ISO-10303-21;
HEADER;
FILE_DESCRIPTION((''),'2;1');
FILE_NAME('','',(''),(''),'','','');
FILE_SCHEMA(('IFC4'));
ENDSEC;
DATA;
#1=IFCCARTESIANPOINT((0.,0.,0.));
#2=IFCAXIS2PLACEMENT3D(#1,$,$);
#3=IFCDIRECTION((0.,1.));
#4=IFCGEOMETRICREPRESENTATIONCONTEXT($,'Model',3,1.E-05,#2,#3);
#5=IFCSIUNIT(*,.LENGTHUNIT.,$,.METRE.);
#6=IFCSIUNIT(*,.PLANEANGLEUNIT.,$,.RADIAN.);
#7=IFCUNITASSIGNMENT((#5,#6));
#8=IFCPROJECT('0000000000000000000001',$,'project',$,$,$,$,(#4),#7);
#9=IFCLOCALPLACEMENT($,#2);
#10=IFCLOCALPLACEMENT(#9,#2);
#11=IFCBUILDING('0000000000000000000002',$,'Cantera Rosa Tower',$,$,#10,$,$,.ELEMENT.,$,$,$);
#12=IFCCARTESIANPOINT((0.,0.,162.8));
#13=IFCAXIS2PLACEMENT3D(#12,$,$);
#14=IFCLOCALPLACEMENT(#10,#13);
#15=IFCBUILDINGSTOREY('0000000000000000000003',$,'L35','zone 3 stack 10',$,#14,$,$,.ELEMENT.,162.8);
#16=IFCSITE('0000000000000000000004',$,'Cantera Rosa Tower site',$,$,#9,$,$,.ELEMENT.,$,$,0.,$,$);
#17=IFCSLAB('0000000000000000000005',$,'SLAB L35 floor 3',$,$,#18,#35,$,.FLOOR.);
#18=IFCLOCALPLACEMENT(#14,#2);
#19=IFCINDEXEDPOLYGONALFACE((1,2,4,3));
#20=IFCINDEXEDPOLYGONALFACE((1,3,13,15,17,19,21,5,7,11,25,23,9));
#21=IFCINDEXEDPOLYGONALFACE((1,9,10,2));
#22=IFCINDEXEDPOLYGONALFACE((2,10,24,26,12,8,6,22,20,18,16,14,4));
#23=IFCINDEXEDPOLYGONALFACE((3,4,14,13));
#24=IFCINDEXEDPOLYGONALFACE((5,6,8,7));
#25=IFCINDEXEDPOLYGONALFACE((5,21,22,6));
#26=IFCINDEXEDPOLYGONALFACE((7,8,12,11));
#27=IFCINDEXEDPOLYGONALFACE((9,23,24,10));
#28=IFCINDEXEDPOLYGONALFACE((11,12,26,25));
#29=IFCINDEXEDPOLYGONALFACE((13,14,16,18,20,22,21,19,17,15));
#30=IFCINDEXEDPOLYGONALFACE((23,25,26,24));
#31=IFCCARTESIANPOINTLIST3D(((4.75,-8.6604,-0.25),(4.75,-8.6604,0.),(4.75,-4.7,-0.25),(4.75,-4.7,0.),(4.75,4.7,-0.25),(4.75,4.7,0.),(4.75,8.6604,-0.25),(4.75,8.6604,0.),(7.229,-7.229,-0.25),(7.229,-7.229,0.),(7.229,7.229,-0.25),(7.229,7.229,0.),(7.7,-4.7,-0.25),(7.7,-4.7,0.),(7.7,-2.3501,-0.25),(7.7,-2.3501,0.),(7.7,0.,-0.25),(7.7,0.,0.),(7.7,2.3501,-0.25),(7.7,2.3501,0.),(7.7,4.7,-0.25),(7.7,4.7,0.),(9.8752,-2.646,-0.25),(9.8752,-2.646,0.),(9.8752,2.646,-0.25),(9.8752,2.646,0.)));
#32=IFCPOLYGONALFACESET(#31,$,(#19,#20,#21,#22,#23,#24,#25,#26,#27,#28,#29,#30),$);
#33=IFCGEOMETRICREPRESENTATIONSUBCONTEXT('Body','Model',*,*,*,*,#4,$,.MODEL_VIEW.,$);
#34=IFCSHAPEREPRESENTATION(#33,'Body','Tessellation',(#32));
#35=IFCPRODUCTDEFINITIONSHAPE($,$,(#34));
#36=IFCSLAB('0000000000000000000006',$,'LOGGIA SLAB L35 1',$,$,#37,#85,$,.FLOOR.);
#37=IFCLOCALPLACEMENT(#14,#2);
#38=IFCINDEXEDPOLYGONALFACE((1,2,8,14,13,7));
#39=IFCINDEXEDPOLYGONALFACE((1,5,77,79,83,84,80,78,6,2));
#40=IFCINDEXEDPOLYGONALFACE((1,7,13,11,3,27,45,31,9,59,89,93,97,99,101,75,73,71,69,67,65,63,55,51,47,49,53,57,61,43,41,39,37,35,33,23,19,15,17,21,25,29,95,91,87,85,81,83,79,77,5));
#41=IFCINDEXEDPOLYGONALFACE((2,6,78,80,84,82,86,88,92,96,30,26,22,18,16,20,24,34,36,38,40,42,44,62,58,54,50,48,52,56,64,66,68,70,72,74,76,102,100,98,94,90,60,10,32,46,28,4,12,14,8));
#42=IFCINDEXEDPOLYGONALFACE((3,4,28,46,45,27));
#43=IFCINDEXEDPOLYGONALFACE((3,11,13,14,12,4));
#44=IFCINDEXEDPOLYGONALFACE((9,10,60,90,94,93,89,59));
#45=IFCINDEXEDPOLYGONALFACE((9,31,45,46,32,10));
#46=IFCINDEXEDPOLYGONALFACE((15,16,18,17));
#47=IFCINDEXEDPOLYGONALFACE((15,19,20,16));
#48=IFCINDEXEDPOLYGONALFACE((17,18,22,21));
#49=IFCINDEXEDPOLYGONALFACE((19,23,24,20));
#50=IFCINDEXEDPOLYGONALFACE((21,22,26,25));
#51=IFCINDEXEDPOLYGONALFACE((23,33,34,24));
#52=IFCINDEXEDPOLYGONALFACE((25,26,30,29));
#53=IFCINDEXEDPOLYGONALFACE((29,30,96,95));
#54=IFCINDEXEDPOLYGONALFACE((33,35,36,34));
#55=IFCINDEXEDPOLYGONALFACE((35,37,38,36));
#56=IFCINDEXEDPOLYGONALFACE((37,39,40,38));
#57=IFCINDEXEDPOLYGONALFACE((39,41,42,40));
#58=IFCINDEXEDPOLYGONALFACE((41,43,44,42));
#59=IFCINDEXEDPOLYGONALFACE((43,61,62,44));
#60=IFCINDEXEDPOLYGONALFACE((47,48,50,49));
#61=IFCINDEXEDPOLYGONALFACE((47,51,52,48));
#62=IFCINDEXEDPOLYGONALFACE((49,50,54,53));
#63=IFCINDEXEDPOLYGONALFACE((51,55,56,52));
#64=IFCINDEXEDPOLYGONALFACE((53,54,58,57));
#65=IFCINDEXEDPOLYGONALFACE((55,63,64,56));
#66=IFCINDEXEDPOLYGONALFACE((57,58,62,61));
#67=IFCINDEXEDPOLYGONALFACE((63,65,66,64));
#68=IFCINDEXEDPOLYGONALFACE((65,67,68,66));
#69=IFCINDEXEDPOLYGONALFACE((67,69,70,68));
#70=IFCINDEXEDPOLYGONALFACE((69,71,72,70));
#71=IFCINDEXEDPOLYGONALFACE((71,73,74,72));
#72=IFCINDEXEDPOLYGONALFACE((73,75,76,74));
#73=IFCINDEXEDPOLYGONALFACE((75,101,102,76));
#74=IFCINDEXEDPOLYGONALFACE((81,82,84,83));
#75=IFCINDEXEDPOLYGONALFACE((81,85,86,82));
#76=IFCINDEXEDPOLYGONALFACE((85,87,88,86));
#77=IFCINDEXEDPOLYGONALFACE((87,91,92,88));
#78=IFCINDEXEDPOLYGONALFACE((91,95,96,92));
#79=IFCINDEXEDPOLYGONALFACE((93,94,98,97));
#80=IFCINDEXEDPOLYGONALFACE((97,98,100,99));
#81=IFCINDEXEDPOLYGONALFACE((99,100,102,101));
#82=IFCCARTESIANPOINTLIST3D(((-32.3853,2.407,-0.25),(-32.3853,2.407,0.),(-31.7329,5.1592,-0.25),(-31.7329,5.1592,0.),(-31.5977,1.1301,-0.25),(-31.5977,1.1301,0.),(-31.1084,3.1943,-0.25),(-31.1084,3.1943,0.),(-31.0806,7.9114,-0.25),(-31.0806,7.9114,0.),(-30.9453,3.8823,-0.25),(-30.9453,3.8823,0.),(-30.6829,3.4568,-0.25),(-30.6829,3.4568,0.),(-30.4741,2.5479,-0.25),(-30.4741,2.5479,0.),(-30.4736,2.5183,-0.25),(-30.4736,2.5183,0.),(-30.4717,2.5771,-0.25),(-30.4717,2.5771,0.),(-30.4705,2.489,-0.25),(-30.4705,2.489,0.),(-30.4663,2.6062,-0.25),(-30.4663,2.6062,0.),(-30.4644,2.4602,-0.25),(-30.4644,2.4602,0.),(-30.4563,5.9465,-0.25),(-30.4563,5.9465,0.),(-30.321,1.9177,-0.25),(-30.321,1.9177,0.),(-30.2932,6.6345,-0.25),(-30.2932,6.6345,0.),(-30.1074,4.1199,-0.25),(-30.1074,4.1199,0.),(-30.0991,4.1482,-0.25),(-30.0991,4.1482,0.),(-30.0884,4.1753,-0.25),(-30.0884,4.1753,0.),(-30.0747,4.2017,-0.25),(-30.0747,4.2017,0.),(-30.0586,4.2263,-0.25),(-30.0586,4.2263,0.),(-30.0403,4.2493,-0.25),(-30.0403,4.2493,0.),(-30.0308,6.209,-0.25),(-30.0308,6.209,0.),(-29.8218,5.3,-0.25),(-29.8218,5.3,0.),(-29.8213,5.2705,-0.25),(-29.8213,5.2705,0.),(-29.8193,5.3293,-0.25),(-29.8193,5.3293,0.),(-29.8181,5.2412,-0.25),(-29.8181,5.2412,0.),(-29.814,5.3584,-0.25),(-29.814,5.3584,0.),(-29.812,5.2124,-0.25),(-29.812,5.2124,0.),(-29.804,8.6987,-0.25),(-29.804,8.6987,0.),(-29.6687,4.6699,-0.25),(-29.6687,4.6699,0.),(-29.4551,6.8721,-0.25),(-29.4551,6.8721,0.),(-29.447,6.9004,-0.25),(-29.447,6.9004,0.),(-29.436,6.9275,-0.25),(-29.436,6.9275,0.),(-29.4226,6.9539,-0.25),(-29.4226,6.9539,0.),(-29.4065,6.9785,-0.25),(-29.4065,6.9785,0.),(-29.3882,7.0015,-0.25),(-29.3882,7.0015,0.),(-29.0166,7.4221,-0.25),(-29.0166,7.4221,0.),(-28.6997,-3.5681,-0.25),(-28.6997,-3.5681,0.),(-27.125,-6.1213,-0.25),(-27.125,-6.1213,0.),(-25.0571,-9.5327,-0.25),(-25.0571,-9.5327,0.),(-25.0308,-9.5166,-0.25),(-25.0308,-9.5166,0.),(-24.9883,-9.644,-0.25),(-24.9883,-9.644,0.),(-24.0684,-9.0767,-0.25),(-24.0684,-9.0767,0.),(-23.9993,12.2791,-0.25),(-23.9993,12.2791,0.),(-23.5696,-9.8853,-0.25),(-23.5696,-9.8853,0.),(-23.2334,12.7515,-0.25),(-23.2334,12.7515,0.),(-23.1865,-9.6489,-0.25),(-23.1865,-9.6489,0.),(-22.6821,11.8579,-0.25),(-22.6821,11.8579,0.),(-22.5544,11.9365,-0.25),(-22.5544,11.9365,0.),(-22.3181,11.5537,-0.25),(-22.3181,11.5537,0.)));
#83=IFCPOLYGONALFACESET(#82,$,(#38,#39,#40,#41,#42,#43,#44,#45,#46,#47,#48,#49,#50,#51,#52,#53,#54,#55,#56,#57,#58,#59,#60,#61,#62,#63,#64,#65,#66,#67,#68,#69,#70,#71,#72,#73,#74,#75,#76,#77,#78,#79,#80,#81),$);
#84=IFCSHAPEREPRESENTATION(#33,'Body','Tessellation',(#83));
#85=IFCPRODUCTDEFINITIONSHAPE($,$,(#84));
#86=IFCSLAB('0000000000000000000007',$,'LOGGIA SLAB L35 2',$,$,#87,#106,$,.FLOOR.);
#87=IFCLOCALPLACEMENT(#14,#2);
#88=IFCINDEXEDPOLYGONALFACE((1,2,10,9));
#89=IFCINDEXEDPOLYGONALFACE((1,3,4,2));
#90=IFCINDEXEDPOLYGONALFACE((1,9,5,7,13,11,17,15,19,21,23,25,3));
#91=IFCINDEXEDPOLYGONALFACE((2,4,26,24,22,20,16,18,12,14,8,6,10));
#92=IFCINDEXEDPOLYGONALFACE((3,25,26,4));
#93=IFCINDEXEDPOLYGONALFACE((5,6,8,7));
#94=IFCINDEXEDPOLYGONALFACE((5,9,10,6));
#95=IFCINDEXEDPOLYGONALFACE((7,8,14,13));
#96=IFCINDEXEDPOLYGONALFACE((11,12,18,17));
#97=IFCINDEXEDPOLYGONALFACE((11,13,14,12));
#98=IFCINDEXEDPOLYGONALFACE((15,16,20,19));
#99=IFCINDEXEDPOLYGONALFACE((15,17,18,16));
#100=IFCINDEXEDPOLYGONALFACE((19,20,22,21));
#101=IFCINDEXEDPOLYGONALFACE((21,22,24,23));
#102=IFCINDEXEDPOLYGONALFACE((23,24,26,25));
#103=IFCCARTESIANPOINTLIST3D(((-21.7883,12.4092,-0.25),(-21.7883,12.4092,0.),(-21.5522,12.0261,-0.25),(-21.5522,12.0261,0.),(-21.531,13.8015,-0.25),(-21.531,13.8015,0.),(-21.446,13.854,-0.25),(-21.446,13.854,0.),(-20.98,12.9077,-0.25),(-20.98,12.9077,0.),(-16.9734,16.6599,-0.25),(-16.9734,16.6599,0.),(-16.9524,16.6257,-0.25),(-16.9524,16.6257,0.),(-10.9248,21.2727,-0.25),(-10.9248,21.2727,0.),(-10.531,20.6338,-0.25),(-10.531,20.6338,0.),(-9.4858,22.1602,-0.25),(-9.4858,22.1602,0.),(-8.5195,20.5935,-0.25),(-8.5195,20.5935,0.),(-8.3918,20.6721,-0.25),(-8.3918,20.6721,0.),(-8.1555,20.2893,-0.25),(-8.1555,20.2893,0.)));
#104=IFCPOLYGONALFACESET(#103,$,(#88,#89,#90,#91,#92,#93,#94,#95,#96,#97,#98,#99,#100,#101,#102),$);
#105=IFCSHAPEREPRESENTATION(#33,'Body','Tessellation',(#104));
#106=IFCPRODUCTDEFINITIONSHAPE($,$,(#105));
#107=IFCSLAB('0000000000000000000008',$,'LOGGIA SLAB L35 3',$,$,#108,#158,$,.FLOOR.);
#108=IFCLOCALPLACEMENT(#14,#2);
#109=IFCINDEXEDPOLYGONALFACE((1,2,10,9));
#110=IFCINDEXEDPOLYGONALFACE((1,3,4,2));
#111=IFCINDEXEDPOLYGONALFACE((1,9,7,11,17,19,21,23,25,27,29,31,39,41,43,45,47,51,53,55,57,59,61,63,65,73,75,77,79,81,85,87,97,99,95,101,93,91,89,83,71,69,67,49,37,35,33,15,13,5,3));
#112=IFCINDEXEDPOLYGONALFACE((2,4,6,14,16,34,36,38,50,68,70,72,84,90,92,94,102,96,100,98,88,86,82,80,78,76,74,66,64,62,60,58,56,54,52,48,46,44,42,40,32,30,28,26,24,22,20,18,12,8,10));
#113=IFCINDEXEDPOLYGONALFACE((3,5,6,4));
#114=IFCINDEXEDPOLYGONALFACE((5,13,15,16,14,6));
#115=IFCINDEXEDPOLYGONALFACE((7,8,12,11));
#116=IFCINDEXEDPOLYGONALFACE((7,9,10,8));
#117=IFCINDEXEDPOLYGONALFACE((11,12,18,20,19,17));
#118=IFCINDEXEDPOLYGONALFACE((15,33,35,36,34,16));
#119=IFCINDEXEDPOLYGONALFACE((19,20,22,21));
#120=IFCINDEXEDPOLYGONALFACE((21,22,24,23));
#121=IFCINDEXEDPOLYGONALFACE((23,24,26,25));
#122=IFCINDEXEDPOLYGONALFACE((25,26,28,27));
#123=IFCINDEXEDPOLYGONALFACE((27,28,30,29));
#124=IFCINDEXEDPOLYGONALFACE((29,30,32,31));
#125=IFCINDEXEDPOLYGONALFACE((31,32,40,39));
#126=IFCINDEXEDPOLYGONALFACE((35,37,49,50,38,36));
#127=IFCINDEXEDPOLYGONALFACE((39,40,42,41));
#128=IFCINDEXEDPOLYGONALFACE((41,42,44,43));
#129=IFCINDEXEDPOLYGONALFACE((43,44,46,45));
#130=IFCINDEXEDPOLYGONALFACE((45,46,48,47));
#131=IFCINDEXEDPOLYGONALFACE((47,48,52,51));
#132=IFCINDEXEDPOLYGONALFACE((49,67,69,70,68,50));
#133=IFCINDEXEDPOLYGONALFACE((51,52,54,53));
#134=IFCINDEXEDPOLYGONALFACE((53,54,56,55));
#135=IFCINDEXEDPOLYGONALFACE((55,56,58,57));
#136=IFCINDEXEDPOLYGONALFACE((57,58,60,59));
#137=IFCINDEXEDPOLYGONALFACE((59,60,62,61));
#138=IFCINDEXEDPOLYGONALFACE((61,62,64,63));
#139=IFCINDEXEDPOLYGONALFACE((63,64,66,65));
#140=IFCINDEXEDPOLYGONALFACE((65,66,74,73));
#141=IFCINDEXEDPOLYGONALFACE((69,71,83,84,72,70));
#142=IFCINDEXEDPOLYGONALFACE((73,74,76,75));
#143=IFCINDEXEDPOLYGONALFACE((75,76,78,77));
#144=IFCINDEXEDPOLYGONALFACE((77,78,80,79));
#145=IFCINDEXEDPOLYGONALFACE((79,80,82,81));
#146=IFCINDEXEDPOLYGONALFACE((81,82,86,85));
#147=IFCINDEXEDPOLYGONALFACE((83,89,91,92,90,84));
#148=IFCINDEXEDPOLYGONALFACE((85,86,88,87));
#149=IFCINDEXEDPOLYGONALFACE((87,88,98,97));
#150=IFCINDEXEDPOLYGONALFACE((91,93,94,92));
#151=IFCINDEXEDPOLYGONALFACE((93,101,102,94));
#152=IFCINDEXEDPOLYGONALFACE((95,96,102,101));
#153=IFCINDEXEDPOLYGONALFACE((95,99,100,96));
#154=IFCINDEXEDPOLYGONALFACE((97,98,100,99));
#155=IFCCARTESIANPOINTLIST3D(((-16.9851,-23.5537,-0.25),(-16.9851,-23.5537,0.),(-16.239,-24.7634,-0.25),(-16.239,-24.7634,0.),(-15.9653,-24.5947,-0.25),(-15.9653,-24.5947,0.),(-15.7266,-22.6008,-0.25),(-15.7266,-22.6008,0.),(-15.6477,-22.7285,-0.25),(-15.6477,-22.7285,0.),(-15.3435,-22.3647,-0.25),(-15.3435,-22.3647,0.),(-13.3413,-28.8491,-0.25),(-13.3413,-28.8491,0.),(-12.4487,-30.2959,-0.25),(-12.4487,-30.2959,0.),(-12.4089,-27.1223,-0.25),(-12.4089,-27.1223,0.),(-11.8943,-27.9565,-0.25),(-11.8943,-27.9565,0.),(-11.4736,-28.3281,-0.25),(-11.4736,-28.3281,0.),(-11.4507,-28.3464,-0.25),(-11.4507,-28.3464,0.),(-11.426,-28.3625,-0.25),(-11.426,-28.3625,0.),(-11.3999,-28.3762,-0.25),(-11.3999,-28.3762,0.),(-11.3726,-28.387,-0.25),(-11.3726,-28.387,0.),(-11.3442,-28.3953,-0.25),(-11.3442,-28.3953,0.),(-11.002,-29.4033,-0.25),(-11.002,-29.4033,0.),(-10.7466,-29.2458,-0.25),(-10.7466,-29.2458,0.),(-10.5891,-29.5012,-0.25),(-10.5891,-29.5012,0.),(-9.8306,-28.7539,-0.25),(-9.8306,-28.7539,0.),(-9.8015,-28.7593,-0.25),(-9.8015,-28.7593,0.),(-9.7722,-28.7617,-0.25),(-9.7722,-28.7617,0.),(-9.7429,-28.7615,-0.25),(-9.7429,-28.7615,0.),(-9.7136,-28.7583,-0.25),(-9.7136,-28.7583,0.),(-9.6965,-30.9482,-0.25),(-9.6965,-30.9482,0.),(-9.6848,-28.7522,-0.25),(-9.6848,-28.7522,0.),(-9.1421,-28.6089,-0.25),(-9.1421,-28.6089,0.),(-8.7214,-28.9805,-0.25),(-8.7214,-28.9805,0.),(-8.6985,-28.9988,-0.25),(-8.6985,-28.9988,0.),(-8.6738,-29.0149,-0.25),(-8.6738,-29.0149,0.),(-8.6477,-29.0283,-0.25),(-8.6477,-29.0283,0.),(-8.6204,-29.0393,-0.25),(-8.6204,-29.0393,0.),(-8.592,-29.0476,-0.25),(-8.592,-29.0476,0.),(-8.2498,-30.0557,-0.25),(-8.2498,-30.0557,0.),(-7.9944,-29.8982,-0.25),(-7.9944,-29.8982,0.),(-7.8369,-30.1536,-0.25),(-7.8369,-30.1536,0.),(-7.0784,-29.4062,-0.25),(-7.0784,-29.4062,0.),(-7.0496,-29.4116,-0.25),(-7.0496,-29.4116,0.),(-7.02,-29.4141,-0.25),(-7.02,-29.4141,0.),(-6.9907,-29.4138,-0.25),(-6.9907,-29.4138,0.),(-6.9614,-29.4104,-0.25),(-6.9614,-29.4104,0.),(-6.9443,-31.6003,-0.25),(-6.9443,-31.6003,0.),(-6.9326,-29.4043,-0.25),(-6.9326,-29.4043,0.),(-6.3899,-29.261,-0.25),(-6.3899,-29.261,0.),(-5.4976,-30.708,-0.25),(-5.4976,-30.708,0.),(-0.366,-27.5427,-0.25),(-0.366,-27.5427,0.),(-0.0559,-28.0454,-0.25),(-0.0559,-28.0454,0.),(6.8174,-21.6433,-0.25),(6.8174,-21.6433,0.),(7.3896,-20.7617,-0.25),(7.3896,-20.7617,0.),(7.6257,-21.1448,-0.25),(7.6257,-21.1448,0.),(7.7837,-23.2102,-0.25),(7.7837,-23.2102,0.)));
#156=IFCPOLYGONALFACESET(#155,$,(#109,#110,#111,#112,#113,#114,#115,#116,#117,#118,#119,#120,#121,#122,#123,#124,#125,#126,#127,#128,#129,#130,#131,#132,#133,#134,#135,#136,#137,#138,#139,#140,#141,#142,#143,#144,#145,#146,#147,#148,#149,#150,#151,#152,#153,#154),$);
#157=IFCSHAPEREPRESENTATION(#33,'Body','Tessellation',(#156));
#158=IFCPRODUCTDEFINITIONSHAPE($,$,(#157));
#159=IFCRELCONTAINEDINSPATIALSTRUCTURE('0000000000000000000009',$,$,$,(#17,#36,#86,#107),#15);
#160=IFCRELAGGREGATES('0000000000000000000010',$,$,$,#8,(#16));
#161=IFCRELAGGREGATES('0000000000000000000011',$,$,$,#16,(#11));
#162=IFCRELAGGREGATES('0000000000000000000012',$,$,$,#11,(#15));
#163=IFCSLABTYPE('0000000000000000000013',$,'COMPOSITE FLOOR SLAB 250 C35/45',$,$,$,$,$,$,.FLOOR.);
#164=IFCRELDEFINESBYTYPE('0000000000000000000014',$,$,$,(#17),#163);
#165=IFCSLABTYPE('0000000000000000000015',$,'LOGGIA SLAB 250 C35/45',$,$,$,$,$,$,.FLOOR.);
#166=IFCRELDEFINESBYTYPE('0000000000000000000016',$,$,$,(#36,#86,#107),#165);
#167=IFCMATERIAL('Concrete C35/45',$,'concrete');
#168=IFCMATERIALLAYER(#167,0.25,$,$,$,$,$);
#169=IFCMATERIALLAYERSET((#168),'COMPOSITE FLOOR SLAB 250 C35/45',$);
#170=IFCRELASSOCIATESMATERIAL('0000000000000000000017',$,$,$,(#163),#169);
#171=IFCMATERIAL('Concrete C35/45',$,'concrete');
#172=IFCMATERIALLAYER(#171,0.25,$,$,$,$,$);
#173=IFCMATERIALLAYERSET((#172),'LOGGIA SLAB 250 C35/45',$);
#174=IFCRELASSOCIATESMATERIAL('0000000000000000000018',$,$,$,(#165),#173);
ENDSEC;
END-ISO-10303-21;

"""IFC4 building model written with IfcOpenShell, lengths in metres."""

from ifc_helpers import new_model, si_unit, direction, frame, origin, place, context, subcontext, project, spatial, polyline, outline, extrude, material, layer, layer_set, type_object, element, save


model = new_model("IFC4")

# Units and contexts
model_context = context("Model", 3, precision=1e-05, world=origin(), true_north=direction((0.0, 1.0)))
body_context = subcontext(model_context, "Body", "Model", "MODEL_VIEW")
ifc_project = project(units=[si_unit("LENGTHUNIT", "METRE"), si_unit("PLANEANGLEUNIT", "RADIAN")], contexts=[model_context])

# Site, building, storey
site_placement = place(None, origin())
site = spatial("IfcSite", under=ifc_project, at=site_placement, Name="Cantera Rosa Tower site", CompositionType="ELEMENT", RefElevation=0.0)
building_placement = place(site_placement, origin())
building = spatial("IfcBuilding", under=site, at=building_placement, Name="Cantera Rosa Tower", CompositionType="ELEMENT")
storey_placement = place(building_placement, frame((0.0, 0.0, 162.8)))
storey = spatial("IfcBuildingStorey", under=building, at=storey_placement, Name="L35", Description="zone 3 stack 10", CompositionType="ELEMENT", Elevation=162.8)

# Slabs
ifc_material_1 = material(Name="Concrete C35/45", Category="concrete")
ifc_layer_1 = layer(ifc_material_1, 0.25)
ifc_layer_set_1 = layer_set([ifc_layer_1], Name="COMPOSITE FLOOR SLAB 250 C35/45")
slab_type_1 = type_object("IfcSlabType", Name="COMPOSITE FLOOR SLAB 250 C35/45", PredefinedType="FLOOR", material=ifc_layer_set_1)
slab_1_placement = place(storey_placement, frame((0.0, 0.0, -0.25)))
element("IfcSlab", 1, at=slab_1_placement, inside=storey, type_object=slab_type_1, Name="SLAB L35 floor 3", PredefinedType="FLOOR", context=body_context, shape_type="SweptSolid", body=[
    extrude(outline(polyline([(7.7, 0.0), (7.7, 2.3501), (7.7, 4.7), (4.75, 4.7), (4.75, 8.6604), (7.229, 7.229), (9.8752, 2.646), (9.8752, -2.646), (7.229, -7.229), (4.75, -8.6604), (4.75, -4.7), (7.7, -4.7), (7.7, -2.3501), (7.7, 0.0)])), origin(), (0.0, 0.0, 1.0), 0.25),
])
ifc_material_2 = material(Name="Concrete C35/45", Category="concrete")
ifc_layer_2 = layer(ifc_material_2, 0.25)
ifc_layer_set_2 = layer_set([ifc_layer_2], Name="LOGGIA SLAB 250 C35/45")
slab_type_2 = type_object("IfcSlabType", Name="LOGGIA SLAB 250 C35/45", PredefinedType="FLOOR", material=ifc_layer_set_2)
slab_2_placement = place(storey_placement, frame((0.0, 0.0, -0.25)))
element("IfcSlab", 2, at=slab_2_placement, inside=storey, type_object=slab_type_2, Name="LOGGIA SLAB L35 1", PredefinedType="FLOOR", context=body_context, shape_type="SweptSolid", body=[
    extrude(outline(polyline([(-27.125, -6.1213), (-28.6997, -3.5681), (-31.5977, 1.1301), (-32.3853, 2.407), (-31.1084, 3.1943), (-30.6829, 3.4568), (-30.9453, 3.8823), (-31.7329, 5.1592), (-30.4563, 5.9465), (-30.0308, 6.209), (-30.2932, 6.6345), (-31.0806, 7.9114), (-29.804, 8.6987), (-23.9993, 12.2791), (-23.2334, 12.7515), (-22.6821, 11.8579), (-22.5544, 11.9365), (-22.3181, 11.5537), (-29.0166, 7.4221), (-29.3882, 7.0015), (-29.4065, 6.9785), (-29.4226, 6.9539), (-29.436, 6.9275), (-29.447, 6.9004), (-29.4551, 6.8721), (-29.814, 5.3584), (-29.8193, 5.3293), (-29.8218, 5.3), (-29.8213, 5.2705), (-29.8181, 5.2412), (-29.812, 5.2124), (-29.6687, 4.6699), (-30.0403, 4.2493), (-30.0586, 4.2263), (-30.0747, 4.2017), (-30.0884, 4.1753), (-30.0991, 4.1482), (-30.1074, 4.1199), (-30.4663, 2.6062), (-30.4717, 2.5771), (-30.4741, 2.5479), (-30.4736, 2.5183), (-30.4705, 2.489), (-30.4644, 2.4602), (-30.321, 1.9177), (-23.1865, -9.6489), (-23.5696, -9.8853), (-24.0684, -9.0767), (-24.9883, -9.644), (-25.0571, -9.5327), (-25.0308, -9.5166), (-27.125, -6.1213)])), origin(), (0.0, 0.0, 1.0), 0.25),
])
slab_3_placement = place(storey_placement, frame((0.0, 0.0, -0.25)))
element("IfcSlab", 3, at=slab_3_placement, inside=storey, type_object=slab_type_2, Name="LOGGIA SLAB L35 2", PredefinedType="FLOOR", context=body_context, shape_type="SweptSolid", body=[
    extrude(outline(polyline([(-16.9734, 16.6599), (-10.531, 20.6338), (-10.9248, 21.2727), (-9.4858, 22.1602), (-8.5195, 20.5935), (-8.3918, 20.6721), (-8.1555, 20.2893), (-21.5522, 12.0261), (-21.7883, 12.4092), (-20.98, 12.9077), (-21.531, 13.8015), (-21.446, 13.854), (-16.9524, 16.6257), (-16.9734, 16.6599)])), origin(), (0.0, 0.0, 1.0), 0.25),
])
slab_4_placement = place(storey_placement, frame((0.0, 0.0, -0.25)))
element("IfcSlab", 4, at=slab_4_placement, inside=storey, type_object=slab_type_2, Name="LOGGIA SLAB L35 3", PredefinedType="FLOOR", context=body_context, shape_type="SweptSolid", body=[
    extrude(outline(polyline([(-5.4976, -30.708), (-6.9443, -31.6003), (-7.8369, -30.1536), (-7.9944, -29.8982), (-8.2498, -30.0557), (-9.6965, -30.9482), (-10.5891, -29.5012), (-10.7466, -29.2458), (-11.002, -29.4033), (-12.4487, -30.2959), (-13.3413, -28.8491), (-15.9653, -24.5947), (-16.239, -24.7634), (-16.9851, -23.5537), (-15.6477, -22.7285), (-15.7266, -22.6008), (-15.3435, -22.3647), (-12.4089, -27.1223), (-11.8943, -27.9565), (-11.4736, -28.3281), (-11.4507, -28.3464), (-11.426, -28.3625), (-11.3999, -28.3762), (-11.3726, -28.387), (-11.3442, -28.3953), (-9.8306, -28.7539), (-9.8015, -28.7593), (-9.7722, -28.7617), (-9.7429, -28.7615), (-9.7136, -28.7583), (-9.6848, -28.7522), (-9.1421, -28.6089), (-8.7214, -28.9805), (-8.6985, -28.9988), (-8.6738, -29.0149), (-8.6477, -29.0283), (-8.6204, -29.0393), (-8.592, -29.0476), (-7.0784, -29.4062), (-7.0496, -29.4116), (-7.02, -29.4141), (-6.9907, -29.4138), (-6.9614, -29.4104), (-6.9326, -29.4043), (-6.3899, -29.261), (7.3896, -20.7617), (7.6257, -21.1448), (6.8174, -21.6433), (7.7837, -23.2102), (-0.0559, -28.0454), (-0.366, -27.5427), (-5.4976, -30.708)])), origin(), (0.0, 0.0, 1.0), 0.25),
])

save(model, "model.ifc")
